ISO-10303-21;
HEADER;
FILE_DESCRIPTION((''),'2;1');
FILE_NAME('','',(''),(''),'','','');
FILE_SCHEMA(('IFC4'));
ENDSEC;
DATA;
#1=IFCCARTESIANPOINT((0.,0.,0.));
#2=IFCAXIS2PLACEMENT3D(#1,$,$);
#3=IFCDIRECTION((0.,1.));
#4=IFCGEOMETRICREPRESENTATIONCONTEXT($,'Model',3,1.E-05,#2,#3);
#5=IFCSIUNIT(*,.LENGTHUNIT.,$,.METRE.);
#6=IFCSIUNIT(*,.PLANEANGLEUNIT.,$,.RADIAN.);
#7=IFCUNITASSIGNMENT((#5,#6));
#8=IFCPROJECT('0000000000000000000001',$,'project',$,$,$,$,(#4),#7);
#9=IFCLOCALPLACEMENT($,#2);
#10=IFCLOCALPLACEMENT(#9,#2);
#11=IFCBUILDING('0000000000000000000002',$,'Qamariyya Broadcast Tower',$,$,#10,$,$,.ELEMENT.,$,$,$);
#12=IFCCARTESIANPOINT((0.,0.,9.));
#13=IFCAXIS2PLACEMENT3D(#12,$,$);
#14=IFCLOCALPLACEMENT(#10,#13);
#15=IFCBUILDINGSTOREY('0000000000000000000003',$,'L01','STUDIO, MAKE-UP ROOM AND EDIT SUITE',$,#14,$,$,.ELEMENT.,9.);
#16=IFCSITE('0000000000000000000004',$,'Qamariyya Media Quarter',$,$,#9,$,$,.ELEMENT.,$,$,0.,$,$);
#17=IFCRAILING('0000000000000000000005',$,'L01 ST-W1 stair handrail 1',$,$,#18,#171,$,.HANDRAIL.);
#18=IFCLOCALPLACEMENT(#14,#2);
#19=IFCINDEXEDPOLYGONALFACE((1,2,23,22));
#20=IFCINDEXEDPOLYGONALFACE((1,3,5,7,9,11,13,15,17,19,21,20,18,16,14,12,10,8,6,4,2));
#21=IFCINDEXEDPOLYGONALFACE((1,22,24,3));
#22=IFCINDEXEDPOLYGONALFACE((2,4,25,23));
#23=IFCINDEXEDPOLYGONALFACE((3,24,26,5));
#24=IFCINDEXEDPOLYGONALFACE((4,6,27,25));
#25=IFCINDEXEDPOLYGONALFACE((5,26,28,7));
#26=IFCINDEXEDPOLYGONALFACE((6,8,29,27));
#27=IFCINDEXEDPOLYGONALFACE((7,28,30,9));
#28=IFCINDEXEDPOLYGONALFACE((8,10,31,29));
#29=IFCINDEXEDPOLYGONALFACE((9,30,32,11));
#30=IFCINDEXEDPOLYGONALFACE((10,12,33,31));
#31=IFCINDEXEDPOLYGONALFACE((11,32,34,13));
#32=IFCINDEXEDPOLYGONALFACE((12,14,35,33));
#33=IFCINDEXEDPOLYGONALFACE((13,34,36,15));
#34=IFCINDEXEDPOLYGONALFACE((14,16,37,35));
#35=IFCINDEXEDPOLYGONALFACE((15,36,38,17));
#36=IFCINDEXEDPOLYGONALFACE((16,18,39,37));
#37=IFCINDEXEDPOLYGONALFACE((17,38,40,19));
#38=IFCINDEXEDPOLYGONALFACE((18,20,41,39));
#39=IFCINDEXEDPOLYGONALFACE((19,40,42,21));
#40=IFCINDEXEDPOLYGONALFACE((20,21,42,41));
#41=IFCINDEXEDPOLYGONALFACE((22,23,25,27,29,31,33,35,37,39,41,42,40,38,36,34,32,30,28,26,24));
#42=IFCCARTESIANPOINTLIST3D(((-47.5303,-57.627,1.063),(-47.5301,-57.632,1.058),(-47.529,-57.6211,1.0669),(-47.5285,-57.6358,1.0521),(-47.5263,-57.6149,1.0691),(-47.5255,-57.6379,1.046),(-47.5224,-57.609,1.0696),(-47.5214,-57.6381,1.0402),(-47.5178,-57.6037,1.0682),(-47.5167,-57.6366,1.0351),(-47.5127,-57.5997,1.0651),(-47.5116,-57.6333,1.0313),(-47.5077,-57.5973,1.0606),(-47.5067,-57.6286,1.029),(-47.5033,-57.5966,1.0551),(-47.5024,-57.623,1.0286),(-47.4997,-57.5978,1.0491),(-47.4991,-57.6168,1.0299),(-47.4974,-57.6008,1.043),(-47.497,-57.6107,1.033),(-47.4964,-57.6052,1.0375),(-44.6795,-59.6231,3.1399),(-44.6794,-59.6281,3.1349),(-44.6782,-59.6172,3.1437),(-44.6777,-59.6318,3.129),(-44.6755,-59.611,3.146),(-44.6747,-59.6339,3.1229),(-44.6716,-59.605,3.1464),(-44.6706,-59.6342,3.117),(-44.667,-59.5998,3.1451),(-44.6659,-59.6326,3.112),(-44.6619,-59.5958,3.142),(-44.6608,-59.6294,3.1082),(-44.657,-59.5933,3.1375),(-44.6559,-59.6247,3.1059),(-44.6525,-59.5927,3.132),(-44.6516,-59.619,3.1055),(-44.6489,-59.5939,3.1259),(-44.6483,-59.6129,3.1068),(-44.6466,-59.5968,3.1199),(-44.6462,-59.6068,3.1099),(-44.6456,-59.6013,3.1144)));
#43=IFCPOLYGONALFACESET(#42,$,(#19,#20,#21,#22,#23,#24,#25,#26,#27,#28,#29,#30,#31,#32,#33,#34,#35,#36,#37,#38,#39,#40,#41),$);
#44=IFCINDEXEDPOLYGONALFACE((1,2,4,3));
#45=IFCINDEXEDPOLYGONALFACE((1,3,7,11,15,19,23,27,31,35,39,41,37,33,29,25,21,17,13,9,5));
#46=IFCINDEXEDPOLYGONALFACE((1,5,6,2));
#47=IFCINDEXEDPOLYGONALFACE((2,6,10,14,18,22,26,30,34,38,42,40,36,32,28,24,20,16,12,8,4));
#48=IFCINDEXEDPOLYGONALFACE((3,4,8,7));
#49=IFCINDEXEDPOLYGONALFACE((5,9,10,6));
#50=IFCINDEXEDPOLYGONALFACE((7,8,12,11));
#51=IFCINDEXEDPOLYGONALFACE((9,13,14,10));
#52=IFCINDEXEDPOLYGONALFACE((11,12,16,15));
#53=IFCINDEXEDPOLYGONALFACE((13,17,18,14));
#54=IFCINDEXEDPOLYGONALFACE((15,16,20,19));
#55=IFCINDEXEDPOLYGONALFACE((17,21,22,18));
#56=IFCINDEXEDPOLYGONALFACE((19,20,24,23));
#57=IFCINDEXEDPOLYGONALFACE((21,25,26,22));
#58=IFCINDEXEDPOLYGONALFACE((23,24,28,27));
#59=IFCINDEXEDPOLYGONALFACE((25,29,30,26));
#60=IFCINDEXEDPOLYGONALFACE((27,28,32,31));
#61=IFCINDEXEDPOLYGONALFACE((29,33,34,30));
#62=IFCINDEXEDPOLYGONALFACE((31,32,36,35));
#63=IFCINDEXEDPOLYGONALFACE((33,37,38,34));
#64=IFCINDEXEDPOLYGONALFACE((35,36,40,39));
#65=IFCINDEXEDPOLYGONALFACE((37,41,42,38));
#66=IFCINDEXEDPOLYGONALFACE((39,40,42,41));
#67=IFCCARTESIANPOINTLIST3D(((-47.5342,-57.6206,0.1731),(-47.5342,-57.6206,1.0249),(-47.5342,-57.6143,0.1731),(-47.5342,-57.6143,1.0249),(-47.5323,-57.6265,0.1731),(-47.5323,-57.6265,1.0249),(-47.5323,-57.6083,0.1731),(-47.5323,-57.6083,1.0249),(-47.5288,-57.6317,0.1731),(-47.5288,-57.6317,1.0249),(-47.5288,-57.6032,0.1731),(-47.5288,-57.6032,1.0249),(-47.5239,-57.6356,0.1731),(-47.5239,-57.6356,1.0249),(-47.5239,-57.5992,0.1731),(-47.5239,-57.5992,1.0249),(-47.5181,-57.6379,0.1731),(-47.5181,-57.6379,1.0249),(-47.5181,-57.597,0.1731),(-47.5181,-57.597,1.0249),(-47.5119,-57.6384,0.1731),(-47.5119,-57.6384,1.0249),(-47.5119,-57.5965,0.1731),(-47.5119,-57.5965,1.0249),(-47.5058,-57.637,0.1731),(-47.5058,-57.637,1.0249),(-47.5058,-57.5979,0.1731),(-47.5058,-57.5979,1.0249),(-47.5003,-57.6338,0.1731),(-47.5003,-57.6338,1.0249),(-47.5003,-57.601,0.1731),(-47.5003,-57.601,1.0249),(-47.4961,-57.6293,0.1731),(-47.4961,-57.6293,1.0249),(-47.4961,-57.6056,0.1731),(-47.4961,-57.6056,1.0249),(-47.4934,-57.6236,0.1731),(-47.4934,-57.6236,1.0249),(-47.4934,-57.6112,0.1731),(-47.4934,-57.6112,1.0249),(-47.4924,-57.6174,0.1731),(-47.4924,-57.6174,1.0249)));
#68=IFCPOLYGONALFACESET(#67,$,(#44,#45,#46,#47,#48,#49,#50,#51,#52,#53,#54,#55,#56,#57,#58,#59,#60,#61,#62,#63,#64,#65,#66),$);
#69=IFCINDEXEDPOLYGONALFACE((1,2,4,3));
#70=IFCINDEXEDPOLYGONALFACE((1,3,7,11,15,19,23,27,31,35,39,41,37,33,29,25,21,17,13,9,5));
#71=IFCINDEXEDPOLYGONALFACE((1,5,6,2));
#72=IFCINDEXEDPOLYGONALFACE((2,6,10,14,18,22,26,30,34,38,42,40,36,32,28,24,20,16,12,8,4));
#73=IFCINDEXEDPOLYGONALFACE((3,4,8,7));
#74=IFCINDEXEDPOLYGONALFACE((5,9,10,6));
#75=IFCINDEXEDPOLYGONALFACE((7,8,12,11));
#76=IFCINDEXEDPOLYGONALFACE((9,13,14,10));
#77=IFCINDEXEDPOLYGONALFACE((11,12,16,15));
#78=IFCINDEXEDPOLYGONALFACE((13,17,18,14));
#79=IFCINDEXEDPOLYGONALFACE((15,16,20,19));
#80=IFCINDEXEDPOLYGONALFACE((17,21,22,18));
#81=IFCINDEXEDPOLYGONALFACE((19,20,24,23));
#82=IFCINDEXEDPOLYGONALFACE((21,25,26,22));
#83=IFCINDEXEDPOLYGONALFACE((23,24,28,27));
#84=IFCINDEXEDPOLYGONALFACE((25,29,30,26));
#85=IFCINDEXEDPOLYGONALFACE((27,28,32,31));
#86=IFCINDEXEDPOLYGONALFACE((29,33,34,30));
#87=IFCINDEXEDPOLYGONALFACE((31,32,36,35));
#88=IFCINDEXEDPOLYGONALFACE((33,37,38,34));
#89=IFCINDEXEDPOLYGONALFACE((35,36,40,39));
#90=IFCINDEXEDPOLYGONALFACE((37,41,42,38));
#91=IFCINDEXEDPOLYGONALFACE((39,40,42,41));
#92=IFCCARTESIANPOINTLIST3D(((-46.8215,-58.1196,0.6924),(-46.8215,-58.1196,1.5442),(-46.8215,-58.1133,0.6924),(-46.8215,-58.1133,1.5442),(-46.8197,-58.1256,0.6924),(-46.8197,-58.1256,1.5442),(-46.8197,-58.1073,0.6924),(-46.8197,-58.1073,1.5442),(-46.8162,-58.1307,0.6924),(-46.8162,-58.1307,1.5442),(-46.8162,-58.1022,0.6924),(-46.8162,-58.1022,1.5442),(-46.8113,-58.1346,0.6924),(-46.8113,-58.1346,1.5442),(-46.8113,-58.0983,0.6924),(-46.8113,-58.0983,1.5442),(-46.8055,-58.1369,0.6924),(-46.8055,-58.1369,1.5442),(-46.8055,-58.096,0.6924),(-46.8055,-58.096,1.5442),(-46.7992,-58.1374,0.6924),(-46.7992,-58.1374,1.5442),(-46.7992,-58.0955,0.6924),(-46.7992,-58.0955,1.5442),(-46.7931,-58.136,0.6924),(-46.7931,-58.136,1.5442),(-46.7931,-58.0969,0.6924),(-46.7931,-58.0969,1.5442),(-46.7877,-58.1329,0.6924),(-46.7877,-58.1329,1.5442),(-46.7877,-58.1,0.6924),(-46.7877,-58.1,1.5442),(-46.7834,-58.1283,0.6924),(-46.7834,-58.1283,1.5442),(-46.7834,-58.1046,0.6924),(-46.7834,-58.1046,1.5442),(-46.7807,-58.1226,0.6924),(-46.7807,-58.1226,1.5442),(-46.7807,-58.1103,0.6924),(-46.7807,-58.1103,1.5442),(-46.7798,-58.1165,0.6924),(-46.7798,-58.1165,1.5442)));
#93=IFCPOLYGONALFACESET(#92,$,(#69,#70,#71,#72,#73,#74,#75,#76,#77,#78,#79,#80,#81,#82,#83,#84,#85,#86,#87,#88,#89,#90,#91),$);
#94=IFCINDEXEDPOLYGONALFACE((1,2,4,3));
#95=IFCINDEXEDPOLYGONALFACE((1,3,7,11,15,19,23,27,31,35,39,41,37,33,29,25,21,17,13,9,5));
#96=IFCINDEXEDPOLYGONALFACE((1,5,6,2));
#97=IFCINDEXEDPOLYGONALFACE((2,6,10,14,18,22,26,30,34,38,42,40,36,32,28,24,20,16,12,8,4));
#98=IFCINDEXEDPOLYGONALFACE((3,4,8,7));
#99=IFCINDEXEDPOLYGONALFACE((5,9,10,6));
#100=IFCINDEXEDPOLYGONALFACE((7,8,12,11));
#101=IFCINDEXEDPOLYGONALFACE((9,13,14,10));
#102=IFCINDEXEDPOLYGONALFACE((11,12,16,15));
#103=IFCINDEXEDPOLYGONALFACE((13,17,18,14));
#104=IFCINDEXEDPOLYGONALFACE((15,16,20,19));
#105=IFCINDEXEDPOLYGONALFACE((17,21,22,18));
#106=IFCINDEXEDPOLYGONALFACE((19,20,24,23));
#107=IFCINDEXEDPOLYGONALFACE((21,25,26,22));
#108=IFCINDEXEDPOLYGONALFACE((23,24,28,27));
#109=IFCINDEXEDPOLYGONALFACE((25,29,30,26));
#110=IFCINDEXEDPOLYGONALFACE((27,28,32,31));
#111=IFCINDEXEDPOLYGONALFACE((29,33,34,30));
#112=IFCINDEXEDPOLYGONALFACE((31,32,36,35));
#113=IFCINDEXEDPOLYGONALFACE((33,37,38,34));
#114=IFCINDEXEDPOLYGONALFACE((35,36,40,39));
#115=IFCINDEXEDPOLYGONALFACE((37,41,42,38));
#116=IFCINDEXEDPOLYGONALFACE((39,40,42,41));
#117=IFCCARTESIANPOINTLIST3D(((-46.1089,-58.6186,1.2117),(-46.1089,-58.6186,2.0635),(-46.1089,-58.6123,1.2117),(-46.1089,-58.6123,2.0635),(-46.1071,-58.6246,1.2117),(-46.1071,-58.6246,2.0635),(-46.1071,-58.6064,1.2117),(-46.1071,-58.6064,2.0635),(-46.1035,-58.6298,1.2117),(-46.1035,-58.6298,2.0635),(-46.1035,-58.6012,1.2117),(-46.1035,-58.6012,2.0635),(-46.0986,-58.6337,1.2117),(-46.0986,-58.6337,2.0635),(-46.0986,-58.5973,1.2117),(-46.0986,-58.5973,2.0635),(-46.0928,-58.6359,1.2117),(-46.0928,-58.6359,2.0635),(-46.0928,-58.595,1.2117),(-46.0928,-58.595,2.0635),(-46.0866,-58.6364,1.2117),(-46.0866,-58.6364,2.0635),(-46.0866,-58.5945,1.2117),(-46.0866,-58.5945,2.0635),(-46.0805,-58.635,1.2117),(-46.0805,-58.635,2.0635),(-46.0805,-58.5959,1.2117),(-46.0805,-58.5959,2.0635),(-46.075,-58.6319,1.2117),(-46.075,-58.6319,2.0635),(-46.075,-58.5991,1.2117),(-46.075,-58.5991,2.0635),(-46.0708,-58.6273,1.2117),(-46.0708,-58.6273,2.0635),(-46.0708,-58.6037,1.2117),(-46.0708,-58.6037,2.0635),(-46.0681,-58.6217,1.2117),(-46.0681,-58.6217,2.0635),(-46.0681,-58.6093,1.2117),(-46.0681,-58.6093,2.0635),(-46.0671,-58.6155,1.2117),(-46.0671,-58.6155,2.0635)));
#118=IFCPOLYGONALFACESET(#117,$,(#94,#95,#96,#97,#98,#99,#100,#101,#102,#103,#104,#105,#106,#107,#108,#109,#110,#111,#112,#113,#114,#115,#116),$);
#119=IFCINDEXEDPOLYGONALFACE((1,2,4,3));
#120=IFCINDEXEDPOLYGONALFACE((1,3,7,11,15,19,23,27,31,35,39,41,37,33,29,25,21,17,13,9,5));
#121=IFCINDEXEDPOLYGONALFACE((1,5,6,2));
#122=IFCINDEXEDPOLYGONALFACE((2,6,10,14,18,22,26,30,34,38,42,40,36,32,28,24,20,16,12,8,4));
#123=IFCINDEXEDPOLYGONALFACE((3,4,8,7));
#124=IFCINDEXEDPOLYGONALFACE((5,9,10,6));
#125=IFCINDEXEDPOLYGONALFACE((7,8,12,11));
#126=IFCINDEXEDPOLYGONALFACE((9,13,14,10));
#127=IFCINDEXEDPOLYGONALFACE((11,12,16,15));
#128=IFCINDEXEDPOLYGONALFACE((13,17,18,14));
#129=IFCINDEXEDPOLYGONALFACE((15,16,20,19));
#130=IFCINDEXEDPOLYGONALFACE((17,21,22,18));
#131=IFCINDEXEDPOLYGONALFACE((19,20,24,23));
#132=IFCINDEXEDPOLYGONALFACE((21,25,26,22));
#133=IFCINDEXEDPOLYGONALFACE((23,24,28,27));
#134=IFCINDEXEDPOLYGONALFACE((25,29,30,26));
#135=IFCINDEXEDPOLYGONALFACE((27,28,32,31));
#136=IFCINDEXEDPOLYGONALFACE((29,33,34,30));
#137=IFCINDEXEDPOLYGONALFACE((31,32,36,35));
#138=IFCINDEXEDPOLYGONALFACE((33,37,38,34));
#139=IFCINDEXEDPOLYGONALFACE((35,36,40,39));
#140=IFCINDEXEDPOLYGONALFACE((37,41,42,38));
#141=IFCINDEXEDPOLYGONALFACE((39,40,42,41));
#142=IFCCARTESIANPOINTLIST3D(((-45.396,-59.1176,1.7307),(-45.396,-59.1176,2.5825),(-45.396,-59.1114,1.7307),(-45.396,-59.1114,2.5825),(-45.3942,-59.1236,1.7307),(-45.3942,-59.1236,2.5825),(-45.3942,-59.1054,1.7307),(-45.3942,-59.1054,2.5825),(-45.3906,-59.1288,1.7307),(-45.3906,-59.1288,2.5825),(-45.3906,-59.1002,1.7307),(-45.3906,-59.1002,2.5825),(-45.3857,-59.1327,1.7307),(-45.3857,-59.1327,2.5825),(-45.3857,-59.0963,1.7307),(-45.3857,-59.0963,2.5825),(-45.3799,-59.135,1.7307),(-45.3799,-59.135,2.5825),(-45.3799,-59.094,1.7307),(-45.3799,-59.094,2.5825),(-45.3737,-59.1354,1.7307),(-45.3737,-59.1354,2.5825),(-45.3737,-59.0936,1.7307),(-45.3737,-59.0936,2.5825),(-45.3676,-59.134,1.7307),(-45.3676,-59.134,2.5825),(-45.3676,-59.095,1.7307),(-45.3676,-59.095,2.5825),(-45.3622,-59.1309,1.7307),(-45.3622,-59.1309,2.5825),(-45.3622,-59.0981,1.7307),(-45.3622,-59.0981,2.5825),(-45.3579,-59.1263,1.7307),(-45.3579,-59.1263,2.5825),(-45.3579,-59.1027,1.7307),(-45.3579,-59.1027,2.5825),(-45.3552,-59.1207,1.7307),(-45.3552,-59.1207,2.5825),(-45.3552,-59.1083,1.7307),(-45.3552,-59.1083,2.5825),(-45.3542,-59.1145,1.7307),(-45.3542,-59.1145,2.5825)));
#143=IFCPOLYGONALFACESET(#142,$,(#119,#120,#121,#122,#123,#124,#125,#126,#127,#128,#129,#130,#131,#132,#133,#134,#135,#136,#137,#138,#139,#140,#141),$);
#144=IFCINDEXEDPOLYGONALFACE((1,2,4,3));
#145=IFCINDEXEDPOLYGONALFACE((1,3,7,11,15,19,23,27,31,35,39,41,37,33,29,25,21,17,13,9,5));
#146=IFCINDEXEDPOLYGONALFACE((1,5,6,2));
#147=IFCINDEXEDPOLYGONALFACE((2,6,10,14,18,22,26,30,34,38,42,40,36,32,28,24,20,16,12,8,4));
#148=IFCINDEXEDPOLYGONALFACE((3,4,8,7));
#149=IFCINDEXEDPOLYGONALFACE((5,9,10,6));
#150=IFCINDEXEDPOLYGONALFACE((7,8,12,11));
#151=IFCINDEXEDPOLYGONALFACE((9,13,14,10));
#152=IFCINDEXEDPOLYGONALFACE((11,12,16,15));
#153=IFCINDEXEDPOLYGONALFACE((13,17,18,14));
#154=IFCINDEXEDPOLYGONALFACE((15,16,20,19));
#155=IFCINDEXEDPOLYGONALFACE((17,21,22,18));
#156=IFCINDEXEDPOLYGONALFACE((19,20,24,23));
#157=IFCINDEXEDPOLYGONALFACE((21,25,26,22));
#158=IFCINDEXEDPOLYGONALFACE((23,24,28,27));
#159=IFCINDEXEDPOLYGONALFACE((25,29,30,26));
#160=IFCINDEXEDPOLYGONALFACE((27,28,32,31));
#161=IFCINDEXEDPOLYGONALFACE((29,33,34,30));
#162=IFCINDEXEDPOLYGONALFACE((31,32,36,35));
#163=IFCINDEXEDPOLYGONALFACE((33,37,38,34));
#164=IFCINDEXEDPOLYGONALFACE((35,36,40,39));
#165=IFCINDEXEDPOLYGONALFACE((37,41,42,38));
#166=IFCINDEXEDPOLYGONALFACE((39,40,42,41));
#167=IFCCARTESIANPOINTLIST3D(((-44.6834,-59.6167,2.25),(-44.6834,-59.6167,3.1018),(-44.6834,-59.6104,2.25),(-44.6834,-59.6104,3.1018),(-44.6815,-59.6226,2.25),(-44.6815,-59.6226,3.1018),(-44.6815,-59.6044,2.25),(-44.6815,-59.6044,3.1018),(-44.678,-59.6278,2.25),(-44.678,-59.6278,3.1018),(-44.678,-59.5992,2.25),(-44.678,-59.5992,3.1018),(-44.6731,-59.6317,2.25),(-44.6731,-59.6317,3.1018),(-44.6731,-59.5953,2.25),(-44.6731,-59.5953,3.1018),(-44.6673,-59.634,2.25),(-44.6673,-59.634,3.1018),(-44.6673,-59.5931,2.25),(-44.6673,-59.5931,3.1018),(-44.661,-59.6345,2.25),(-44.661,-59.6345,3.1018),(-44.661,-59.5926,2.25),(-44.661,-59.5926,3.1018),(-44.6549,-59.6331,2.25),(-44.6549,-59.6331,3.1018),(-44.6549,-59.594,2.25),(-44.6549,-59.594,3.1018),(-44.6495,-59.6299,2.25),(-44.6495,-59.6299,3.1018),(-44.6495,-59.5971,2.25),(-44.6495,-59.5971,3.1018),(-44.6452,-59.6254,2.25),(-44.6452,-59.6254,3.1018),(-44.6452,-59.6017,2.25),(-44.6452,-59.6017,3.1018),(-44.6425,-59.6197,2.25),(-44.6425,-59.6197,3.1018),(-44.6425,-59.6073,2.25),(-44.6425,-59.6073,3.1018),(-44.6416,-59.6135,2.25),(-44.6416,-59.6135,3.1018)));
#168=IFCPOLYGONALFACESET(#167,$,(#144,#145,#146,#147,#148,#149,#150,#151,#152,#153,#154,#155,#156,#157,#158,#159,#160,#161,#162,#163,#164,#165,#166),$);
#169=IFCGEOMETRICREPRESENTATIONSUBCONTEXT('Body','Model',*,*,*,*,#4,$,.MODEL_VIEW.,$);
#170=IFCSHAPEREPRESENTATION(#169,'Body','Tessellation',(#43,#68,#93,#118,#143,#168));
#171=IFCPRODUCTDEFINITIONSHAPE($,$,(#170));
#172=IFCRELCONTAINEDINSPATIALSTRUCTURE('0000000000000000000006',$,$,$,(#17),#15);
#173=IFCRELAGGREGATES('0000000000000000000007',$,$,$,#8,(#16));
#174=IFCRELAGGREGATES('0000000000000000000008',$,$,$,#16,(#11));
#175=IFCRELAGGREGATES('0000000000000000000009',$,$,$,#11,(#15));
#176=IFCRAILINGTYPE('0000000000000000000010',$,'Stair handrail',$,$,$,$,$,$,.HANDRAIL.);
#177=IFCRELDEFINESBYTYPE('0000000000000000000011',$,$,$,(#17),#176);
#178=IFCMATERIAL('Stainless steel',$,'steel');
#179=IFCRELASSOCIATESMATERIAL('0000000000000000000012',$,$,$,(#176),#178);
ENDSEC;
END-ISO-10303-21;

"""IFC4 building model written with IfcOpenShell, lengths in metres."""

from ifc_helpers import new_model, si_unit, direction, frame, origin, origin_2d, place, context, subcontext, project, spatial, circle, extrude, material, type_object, element, save


model = new_model("IFC4")

# Units and contexts
model_context = context("Model", 3, precision=1e-05, world=origin(), true_north=direction((0.0, 1.0)))
body_context = subcontext(model_context, "Body", "Model", "MODEL_VIEW")
ifc_project = project(units=[si_unit("LENGTHUNIT", "METRE"), si_unit("PLANEANGLEUNIT", "RADIAN")], contexts=[model_context])

# Site, building, storey
site_placement = place(None, origin())
site = spatial("IfcSite", under=ifc_project, at=site_placement, Name="Qamariyya Media Quarter", CompositionType="ELEMENT", RefElevation=0.0)
building_placement = place(site_placement, origin())
building = spatial("IfcBuilding", under=site, at=building_placement, Name="Qamariyya Broadcast Tower", CompositionType="ELEMENT")
storey_placement = place(building_placement, frame((0.0, 0.0, 9.0)))
storey = spatial("IfcBuildingStorey", under=building, at=storey_placement, Name="L01", Description="STUDIO, MAKE-UP ROOM AND EDIT SUITE", CompositionType="ELEMENT", Elevation=9.0)

# Railing
ifc_material_1 = material(Name="Stainless steel", Category="steel")
railing_type_1 = type_object("IfcRailingType", Name="Stair handrail", PredefinedType="HANDRAIL", material=ifc_material_1)
for number, where, name in (
    (1, (-47.5134, -57.6174, 0.1731), "L01 ST-W1 stair handrail 1"),
):
    element("IfcRailing", number, at=place(storey_placement, frame(where)), inside=storey, type_object=railing_type_1, Name=name, PredefinedType="HANDRAIL", context=body_context, shape_type="SweptSolid", body=[
        extrude(circle(Radius=0.0239, at=origin_2d()), frame((0.0, 0.0, 0.876), z_axis=(0.703423, -0.492523, 0.512462), x_axis=(0.573561, 0.819163, 0.0)), (0.0, 0.0, 1.0), 4.0527),
        extrude(circle(Radius=0.021, at=origin_2d()), origin(), (0.0, 0.0, 1.0), 0.8518),
        extrude(circle(Radius=0.021, at=origin_2d()), frame((0.7126, -0.499, 0.5193)), (0.0, 0.0, 1.0), 0.8518),
        extrude(circle(Radius=0.021, at=origin_2d()), frame((1.4253, -0.998, 1.0386)), (0.0, 0.0, 1.0), 0.8518),
        extrude(circle(Radius=0.021, at=origin_2d()), frame((2.1382, -1.4971, 1.5576)), (0.0, 0.0, 1.0), 0.8518),
        extrude(circle(Radius=0.021, at=origin_2d()), frame((2.8508, -1.9961, 2.0769)), (0.0, 0.0, 1.0), 0.8518),
    ])

save(model, "model.ifc")
